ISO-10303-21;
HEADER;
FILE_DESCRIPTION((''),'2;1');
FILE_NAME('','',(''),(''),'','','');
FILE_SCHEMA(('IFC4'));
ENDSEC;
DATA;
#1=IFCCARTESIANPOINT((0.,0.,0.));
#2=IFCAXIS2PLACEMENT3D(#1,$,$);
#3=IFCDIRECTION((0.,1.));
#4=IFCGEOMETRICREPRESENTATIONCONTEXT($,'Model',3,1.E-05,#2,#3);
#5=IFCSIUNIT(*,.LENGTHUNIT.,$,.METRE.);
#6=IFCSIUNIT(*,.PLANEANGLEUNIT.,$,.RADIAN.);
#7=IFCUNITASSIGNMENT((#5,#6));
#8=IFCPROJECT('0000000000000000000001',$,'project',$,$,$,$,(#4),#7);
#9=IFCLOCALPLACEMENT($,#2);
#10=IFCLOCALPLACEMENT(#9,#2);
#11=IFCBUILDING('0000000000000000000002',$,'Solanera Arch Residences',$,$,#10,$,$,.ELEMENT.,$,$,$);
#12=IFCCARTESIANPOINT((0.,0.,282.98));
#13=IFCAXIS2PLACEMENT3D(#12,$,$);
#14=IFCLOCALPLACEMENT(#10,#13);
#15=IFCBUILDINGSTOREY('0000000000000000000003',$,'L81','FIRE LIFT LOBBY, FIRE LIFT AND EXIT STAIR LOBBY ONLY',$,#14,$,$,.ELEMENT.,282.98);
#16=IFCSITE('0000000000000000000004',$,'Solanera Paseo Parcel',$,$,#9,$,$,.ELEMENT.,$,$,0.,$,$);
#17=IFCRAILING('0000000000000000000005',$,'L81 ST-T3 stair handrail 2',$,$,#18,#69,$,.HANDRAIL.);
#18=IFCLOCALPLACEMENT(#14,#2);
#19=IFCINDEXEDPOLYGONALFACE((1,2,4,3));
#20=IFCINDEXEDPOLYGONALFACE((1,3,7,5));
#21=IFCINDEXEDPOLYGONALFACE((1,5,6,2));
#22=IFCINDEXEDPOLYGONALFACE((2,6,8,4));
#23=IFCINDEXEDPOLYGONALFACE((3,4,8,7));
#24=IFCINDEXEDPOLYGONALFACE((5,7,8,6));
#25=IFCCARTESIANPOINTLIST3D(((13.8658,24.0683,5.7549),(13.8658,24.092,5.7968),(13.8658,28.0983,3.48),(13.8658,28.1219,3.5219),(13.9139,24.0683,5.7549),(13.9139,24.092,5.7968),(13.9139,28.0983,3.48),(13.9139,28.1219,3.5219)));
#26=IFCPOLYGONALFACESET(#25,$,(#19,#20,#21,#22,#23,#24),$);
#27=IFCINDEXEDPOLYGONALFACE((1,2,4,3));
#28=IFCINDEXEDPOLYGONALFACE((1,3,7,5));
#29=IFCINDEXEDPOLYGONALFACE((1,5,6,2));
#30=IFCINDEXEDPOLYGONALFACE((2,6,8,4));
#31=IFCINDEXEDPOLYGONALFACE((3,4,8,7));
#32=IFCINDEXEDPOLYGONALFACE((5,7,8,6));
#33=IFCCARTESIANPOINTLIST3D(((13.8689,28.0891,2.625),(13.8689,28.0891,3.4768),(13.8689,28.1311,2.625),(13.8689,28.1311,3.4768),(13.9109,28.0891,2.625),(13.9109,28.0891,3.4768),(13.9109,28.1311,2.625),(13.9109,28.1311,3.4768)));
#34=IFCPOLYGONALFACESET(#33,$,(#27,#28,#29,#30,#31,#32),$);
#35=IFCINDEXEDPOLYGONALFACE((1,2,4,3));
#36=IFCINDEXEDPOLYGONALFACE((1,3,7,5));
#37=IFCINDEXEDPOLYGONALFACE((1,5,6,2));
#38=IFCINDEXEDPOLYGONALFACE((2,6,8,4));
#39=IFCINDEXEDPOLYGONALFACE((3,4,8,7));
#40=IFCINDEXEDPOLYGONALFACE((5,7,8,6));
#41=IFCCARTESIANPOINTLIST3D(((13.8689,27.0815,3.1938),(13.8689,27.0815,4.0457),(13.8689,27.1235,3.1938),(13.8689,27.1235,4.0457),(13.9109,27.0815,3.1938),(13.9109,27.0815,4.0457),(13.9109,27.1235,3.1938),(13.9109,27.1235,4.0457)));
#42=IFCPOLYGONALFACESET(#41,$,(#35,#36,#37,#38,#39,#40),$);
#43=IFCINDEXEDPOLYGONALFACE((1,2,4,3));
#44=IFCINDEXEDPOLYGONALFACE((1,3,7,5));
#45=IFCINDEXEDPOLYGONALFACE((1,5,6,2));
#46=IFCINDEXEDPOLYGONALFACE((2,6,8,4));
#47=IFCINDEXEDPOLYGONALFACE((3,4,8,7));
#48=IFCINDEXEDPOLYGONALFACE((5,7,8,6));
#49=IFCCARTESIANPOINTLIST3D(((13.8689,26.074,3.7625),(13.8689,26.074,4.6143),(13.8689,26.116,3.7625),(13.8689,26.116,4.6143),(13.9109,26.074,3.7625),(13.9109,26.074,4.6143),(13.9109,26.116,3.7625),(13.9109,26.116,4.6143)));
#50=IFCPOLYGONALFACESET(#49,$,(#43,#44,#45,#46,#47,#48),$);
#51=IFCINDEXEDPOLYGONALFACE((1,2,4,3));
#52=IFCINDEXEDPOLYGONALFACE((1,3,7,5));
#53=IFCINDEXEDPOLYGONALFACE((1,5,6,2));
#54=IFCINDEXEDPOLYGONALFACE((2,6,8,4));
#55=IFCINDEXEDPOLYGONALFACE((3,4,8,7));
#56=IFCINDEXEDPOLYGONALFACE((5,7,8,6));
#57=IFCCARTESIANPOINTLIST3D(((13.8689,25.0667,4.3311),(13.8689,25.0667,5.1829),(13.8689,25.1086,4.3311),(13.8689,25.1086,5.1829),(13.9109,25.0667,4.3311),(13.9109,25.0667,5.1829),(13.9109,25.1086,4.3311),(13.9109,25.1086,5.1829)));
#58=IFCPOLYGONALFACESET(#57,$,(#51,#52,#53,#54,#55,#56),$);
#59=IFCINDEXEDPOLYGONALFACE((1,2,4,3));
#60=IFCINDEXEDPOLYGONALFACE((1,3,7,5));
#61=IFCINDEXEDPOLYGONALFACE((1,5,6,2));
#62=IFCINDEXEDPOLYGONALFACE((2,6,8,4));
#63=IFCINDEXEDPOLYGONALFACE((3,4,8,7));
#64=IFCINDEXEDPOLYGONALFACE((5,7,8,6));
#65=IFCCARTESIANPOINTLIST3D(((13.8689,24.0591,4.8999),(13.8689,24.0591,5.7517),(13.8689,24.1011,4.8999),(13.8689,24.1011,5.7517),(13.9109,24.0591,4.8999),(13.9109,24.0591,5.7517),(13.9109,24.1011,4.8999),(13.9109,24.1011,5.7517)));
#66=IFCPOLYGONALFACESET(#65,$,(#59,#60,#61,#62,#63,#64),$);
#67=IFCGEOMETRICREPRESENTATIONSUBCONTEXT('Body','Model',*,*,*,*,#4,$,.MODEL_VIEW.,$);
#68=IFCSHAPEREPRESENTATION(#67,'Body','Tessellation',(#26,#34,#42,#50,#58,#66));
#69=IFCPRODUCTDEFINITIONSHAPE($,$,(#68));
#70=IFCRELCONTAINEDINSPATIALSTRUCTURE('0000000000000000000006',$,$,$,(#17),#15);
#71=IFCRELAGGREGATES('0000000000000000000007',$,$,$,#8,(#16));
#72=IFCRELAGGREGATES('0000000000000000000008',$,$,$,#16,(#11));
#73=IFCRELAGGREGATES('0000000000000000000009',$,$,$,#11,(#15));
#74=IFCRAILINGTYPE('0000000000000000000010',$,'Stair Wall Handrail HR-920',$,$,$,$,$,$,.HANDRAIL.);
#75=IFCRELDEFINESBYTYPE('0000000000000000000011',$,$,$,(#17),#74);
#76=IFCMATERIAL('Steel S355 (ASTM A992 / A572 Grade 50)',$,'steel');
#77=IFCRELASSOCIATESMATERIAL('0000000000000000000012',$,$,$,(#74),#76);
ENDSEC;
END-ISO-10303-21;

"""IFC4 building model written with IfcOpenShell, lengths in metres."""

from ifc_helpers import new_model, si_unit, direction, frame, origin, origin_2d, place, context, subcontext, project, spatial, rectangle, extrude, material, type_object, element, save


model = new_model("IFC4")

# Units and contexts
model_context = context("Model", 3, precision=1e-05, world=origin(), true_north=direction((0.0, 1.0)))
body_context = subcontext(model_context, "Body", "Model", "MODEL_VIEW")
ifc_project = project(units=[si_unit("LENGTHUNIT", "METRE"), si_unit("PLANEANGLEUNIT", "RADIAN")], contexts=[model_context])

# Site, building, storey
site_placement = place(None, origin())
site = spatial("IfcSite", under=ifc_project, at=site_placement, Name="Solanera Paseo Parcel", CompositionType="ELEMENT", RefElevation=0.0)
building_placement = place(site_placement, origin())
building = spatial("IfcBuilding", under=site, at=building_placement, Name="Solanera Arch Residences", CompositionType="ELEMENT")
storey_placement = place(building_placement, frame((0.0, 0.0, 282.98)))
storey = spatial("IfcBuildingStorey", under=building, at=storey_placement, Name="L81", Description="FIRE LIFT LOBBY, FIRE LIFT AND EXIT STAIR LOBBY ONLY", CompositionType="ELEMENT", Elevation=282.98)

# Railing
ifc_material_1 = material(Name="Steel S355 (ASTM A992 / A572 Grade 50)", Category="steel")
railing_type_1 = type_object("IfcRailingType", Name="Stair Wall Handrail HR-920", PredefinedType="HANDRAIL", material=ifc_material_1)
railing_1_placement = place(storey_placement, frame((13.8899, 28.1101, 2.625)))
element("IfcRailing", 1, at=railing_1_placement, inside=storey, type_object=railing_type_1, Name="L81 ST-T3 stair handrail 2", PredefinedType="HANDRAIL", context=body_context, shape_type="SweptSolid", body=[
    extrude(rectangle(XDim=0.0481, YDim=0.0481, at=origin_2d()), frame((0.0, 0.0, 0.876), z_axis=(0.0, -0.870835, 0.491576), x_axis=(1.0, 0.0, 0.0)), (0.0, 0.0, 1.0), 4.6277),
    extrude(rectangle(XDim=0.042, YDim=0.042, at=origin_2d()), origin(), (0.0, 0.0, 1.0), 0.8518),
    extrude(rectangle(XDim=0.042, YDim=0.042, at=origin_2d()), frame((0.0, -1.0076, 0.5688)), (0.0, 0.0, 1.0), 0.8518),
    extrude(rectangle(XDim=0.042, YDim=0.042, at=origin_2d()), frame((0.0, -2.0151, 1.1375)), (0.0, 0.0, 1.0), 0.8518),
    extrude(rectangle(XDim=0.042, YDim=0.042, at=origin_2d()), frame((0.0, -3.0225, 1.7061)), (0.0, 0.0, 1.0), 0.8518),
    extrude(rectangle(XDim=0.042, YDim=0.042, at=origin_2d()), frame((0.0, -4.03, 2.2749)), (0.0, 0.0, 1.0), 0.8518),
])

save(model, "model.ifc")
